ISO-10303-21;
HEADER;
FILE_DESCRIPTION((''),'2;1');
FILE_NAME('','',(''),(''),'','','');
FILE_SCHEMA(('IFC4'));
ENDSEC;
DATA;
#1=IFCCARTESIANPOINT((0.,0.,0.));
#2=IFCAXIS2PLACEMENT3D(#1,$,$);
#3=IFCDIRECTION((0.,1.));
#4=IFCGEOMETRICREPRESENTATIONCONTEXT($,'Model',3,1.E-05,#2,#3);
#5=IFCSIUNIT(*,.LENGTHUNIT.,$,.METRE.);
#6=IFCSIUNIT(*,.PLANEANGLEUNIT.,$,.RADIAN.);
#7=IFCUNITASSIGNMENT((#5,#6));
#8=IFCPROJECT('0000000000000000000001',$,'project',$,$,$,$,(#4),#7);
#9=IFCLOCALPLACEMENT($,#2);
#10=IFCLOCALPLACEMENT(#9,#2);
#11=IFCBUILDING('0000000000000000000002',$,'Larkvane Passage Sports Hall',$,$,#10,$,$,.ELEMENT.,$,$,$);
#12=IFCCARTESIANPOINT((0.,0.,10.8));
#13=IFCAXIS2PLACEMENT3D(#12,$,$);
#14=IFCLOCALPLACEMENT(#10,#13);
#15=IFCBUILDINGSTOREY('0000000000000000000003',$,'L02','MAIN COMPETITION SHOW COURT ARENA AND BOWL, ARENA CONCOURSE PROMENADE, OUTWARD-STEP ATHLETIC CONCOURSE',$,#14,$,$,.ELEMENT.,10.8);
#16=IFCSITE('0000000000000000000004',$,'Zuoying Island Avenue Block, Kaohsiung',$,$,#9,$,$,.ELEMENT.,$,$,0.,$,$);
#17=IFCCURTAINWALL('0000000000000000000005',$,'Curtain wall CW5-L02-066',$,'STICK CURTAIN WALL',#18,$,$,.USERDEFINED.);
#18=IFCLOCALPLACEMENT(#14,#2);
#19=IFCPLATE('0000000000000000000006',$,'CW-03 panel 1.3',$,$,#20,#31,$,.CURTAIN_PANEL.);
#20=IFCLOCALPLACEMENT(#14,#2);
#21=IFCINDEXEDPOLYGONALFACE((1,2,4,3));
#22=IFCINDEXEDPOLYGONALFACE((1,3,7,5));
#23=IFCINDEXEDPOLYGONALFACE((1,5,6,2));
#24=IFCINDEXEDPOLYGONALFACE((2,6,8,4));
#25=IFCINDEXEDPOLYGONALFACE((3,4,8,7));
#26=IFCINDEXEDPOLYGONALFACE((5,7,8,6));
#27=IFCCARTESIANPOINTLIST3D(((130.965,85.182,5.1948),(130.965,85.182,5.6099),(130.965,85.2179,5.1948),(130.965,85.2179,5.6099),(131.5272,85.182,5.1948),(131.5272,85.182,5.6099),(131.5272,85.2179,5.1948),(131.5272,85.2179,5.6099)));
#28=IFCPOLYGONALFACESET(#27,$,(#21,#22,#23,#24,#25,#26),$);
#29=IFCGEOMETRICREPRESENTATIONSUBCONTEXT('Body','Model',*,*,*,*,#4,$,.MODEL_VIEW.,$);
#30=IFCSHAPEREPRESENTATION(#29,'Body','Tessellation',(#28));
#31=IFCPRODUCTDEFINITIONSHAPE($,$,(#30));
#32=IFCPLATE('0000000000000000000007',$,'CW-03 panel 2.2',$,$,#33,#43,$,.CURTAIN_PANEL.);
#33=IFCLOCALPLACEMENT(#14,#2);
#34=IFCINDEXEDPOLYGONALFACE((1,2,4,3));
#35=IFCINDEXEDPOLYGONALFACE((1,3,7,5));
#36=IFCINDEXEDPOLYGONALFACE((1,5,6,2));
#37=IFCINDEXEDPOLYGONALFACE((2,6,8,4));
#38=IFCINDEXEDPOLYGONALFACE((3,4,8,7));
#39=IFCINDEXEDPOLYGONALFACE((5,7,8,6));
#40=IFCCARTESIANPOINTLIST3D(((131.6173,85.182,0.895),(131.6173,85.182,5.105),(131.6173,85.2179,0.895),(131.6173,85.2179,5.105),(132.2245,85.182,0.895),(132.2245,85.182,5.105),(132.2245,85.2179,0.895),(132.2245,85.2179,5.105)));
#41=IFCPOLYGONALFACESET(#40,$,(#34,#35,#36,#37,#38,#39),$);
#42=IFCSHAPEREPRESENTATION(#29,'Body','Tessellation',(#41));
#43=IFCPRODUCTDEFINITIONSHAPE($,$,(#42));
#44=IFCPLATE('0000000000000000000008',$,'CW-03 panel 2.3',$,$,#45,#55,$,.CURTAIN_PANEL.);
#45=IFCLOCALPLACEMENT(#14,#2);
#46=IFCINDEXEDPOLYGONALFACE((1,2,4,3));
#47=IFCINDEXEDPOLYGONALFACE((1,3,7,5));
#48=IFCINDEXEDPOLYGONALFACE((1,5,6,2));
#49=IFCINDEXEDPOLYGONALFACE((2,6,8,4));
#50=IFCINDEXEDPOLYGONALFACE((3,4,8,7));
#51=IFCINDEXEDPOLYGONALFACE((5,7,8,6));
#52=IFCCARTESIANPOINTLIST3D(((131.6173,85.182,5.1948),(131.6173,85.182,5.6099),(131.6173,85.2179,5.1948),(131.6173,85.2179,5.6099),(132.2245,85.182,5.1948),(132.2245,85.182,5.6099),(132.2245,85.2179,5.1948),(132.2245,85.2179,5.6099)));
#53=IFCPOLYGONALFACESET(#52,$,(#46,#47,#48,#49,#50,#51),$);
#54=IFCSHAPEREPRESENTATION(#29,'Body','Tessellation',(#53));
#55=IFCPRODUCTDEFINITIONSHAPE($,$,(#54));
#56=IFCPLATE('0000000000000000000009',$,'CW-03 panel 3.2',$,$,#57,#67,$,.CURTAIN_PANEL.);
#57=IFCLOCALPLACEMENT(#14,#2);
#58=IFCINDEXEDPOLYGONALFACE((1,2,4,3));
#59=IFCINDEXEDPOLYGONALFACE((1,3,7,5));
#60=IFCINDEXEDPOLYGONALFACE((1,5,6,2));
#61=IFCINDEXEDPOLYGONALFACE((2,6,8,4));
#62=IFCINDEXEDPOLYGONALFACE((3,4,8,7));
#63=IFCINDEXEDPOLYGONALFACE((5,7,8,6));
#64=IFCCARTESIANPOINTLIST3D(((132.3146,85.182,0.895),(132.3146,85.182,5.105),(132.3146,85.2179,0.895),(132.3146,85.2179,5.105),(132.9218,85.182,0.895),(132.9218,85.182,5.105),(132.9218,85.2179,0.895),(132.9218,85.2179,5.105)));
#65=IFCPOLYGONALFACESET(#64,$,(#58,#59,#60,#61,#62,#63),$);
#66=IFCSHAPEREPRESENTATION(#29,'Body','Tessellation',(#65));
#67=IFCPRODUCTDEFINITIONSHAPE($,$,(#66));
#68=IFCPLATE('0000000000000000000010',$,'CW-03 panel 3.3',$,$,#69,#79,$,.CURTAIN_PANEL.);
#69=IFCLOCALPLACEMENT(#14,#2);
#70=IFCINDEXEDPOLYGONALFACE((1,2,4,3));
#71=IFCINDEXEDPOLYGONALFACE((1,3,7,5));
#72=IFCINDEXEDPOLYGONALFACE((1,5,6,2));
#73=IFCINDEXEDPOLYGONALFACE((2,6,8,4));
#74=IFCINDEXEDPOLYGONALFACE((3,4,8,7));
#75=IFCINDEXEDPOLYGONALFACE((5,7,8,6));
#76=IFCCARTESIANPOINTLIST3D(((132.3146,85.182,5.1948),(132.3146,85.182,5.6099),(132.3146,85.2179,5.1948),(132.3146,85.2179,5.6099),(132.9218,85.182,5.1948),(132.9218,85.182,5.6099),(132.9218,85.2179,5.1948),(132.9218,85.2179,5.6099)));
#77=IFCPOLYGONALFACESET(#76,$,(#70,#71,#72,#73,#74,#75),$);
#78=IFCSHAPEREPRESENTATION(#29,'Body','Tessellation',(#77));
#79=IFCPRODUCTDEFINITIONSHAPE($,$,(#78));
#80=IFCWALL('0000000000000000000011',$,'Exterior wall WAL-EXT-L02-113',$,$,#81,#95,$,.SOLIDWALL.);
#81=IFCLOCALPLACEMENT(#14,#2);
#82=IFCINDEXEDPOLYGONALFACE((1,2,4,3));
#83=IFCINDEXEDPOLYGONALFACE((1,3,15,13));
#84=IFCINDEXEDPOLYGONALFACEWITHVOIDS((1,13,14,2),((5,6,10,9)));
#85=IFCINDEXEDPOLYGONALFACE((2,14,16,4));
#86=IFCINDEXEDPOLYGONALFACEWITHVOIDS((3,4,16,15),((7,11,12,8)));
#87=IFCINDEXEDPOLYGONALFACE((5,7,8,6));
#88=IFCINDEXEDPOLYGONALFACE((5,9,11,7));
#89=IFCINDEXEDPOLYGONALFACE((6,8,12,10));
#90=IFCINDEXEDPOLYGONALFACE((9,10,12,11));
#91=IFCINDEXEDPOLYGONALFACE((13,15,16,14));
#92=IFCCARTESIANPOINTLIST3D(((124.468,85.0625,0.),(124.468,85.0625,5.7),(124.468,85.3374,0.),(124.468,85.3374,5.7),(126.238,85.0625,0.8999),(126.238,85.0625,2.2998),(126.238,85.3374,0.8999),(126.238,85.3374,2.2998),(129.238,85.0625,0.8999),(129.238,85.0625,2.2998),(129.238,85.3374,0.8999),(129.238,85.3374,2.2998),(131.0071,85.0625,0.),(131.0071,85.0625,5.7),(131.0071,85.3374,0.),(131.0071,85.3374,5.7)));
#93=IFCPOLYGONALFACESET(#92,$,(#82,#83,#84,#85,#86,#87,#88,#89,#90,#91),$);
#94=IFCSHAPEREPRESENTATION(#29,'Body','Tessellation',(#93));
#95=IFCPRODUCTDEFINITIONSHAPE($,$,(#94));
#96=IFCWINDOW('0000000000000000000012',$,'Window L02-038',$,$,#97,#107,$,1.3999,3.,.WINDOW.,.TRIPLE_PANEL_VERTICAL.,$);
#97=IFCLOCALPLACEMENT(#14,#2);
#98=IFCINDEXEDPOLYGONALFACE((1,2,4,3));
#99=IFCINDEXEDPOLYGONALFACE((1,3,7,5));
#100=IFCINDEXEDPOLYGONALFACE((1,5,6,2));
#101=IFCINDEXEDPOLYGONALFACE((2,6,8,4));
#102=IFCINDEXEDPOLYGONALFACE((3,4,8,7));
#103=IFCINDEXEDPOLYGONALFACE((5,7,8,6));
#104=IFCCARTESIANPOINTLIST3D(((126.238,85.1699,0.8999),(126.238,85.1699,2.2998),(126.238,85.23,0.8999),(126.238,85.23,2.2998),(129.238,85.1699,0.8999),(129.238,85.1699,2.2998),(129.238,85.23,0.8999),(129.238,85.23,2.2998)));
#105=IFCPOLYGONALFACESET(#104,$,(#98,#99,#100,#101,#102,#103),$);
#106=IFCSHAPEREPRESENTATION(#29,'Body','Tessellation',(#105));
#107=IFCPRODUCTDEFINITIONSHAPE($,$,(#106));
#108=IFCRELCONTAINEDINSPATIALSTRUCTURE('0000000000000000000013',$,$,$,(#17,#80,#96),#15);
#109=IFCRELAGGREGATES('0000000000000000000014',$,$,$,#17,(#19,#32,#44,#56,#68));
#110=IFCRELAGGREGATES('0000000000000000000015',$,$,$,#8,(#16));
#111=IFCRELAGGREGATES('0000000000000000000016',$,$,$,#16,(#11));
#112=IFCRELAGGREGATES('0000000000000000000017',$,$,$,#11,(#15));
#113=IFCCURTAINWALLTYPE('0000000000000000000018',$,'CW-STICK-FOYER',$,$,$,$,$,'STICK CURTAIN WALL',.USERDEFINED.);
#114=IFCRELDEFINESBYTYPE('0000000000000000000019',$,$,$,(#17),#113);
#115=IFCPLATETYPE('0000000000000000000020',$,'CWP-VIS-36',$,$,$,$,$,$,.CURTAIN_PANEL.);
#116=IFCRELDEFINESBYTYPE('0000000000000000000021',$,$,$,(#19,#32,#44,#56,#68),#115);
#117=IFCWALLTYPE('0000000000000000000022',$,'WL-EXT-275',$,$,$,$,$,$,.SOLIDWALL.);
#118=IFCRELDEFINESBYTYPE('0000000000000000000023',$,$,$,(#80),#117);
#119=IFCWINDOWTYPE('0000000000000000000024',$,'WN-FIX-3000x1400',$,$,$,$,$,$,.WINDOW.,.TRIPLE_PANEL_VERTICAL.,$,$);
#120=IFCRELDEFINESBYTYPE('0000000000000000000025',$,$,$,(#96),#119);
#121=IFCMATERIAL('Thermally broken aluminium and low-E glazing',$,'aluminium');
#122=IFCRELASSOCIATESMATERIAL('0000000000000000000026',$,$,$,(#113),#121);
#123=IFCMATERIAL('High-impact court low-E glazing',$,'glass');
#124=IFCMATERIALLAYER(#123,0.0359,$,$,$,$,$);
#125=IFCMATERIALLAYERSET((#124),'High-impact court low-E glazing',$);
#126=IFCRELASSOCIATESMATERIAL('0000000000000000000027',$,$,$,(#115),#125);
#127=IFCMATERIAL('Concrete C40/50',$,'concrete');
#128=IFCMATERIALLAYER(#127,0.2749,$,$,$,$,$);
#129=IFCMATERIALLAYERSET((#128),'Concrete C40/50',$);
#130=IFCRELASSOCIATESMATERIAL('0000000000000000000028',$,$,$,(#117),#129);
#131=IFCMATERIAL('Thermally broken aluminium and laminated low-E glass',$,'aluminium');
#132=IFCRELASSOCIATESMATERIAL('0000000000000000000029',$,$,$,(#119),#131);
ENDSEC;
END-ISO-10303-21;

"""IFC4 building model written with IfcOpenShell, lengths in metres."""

from ifc_helpers import new_model, si_unit, direction, frame, frame_2d, origin, origin_2d, place, context, subcontext, project, spatial, rectangle, extrude, material, layer, layer_set, type_object, element, fill, aggregate, save


model = new_model("IFC4")

# Units and contexts
model_context = context("Model", 3, precision=1e-05, world=origin(), true_north=direction((0.0, 1.0)))
body_context = subcontext(model_context, "Body", "Model", "MODEL_VIEW")
ifc_project = project(units=[si_unit("LENGTHUNIT", "METRE"), si_unit("PLANEANGLEUNIT", "RADIAN")], contexts=[model_context])

# Site, building, storey
site_placement = place(None, origin())
site = spatial("IfcSite", under=ifc_project, at=site_placement, Name="Zuoying Island Avenue Block, Kaohsiung", CompositionType="ELEMENT", RefElevation=0.0)
building_placement = place(site_placement, origin())
building = spatial("IfcBuilding", under=site, at=building_placement, Name="Larkvane Passage Sports Hall", CompositionType="ELEMENT")
storey_placement = place(building_placement, frame((0.0, 0.0, 10.8)))
storey = spatial("IfcBuildingStorey", under=building, at=storey_placement, Name="L02", Description="MAIN COMPETITION SHOW COURT ARENA AND BOWL, ARENA CONCOURSE PROMENADE, OUTWARD-STEP ATHLETIC CONCOURSE", CompositionType="ELEMENT", Elevation=10.8)

# Curtain wall, plates
ifc_material_1 = material(Name="Thermally broken aluminium and low-E glazing", Category="aluminium")
curtain_wall_type = type_object("IfcCurtainWallType", Name="CW-STICK-FOYER", ElementType="STICK CURTAIN WALL", PredefinedType="USERDEFINED", material=ifc_material_1)
curtain_wall_placement = place(storey_placement, origin())
curtain_wall = element("IfcCurtainWall", 1, at=curtain_wall_placement, inside=storey, type_object=curtain_wall_type, Name="Curtain wall CW5-L02-066", ObjectType="STICK CURTAIN WALL", PredefinedType="USERDEFINED")
ifc_material_2 = material(Name="High-impact court low-E glazing", Category="glass")
ifc_layer_1 = layer(ifc_material_2, 0.0359)
ifc_layer_set_1 = layer_set([ifc_layer_1], Name="High-impact court low-E glazing")
plate_type_1 = type_object("IfcPlateType", Name="CWP-VIS-36", PredefinedType="CURTAIN_PANEL", material=ifc_layer_set_1)
plate_1_placement = place(storey_placement, frame((131.2461, 85.2, 5.1948), z_axis=(0.0, 0.0, 1.0), x_axis=(1.0, 0.0, 0.0)))
plate_1 = element("IfcPlate", 2, at=plate_1_placement, type_object=plate_type_1, Name="CW-03 panel 1.3", PredefinedType="CURTAIN_PANEL", context=body_context, shape_type="SweptSolid", body=[
    extrude(rectangle(XDim=0.5623, YDim=0.0359, at=origin_2d()), origin(), (0.0, 0.0, 1.0), 0.415),
])
plate_2_placement = place(storey_placement, frame((131.9209, 85.2, 0.895), z_axis=(0.0, 0.0, 1.0), x_axis=(1.0, 0.0, 0.0)))
plate_2 = element("IfcPlate", 3, at=plate_2_placement, type_object=plate_type_1, Name="CW-03 panel 2.2", PredefinedType="CURTAIN_PANEL", context=body_context, shape_type="SweptSolid", body=[
    extrude(rectangle(XDim=0.6072, YDim=0.0359, at=origin_2d()), origin(), (0.0, 0.0, 1.0), 4.21),
])
plate_3_placement = place(storey_placement, frame((131.9209, 85.2, 5.1948), z_axis=(0.0, 0.0, 1.0), x_axis=(1.0, 0.0, 0.0)))
plate_3 = element("IfcPlate", 4, at=plate_3_placement, type_object=plate_type_1, Name="CW-03 panel 2.3", PredefinedType="CURTAIN_PANEL", context=body_context, shape_type="SweptSolid", body=[
    extrude(rectangle(XDim=0.6072, YDim=0.0359, at=origin_2d()), origin(), (0.0, 0.0, 1.0), 0.415),
])
plate_4_placement = place(storey_placement, frame((132.6182, 85.2, 0.895), z_axis=(0.0, 0.0, 1.0), x_axis=(1.0, 0.0, 0.0)))
plate_4 = element("IfcPlate", 5, at=plate_4_placement, type_object=plate_type_1, Name="CW-03 panel 3.2", PredefinedType="CURTAIN_PANEL", context=body_context, shape_type="SweptSolid", body=[
    extrude(rectangle(XDim=0.6072, YDim=0.0359, at=origin_2d()), origin(), (0.0, 0.0, 1.0), 4.21),
])
plate_5_placement = place(storey_placement, frame((132.6182, 85.2, 5.1948), z_axis=(0.0, 0.0, 1.0), x_axis=(1.0, 0.0, 0.0)))
plate_5 = element("IfcPlate", 6, at=plate_5_placement, type_object=plate_type_1, Name="CW-03 panel 3.3", PredefinedType="CURTAIN_PANEL", context=body_context, shape_type="SweptSolid", body=[
    extrude(rectangle(XDim=0.6072, YDim=0.0359, at=origin_2d()), origin(), (0.0, 0.0, 1.0), 0.415),
])
aggregate(curtain_wall, [plate_1, plate_2, plate_3, plate_4, plate_5])

# Wall, opening, window
ifc_material_3 = material(Name="Concrete C40/50", Category="concrete")
ifc_layer_2 = layer(ifc_material_3, 0.2749)
ifc_layer_set_2 = layer_set([ifc_layer_2], Name="Concrete C40/50")
wall_type = type_object("IfcWallType", Name="WL-EXT-275", PredefinedType="SOLIDWALL", material=ifc_layer_set_2)
wall_placement = place(storey_placement, frame((124.468, 85.2, 0.0), z_axis=(0.0, 0.0, 1.0), x_axis=(1.0, 0.0, 0.0)))
wall = element("IfcWall", 7, at=wall_placement, inside=storey, type_object=wall_type, Name="Exterior wall WAL-EXT-L02-113", PredefinedType="SOLIDWALL", context=body_context, shape_type="SweptSolid", body=[
    extrude(rectangle(XDim=6.5391, YDim=0.2749, at=frame_2d((3.2695, 0.0))), origin(), (0.0, 0.0, 1.0), 5.7),
])
opening_placement = place(wall_placement, frame((1.77, 0.0, 0.8999)))
opening = element("IfcOpeningElement", 8, at=opening_placement, cuts=wall, PredefinedType="OPENING", context=body_context, shape_type="SweptSolid", body=[
    extrude(rectangle(XDim=3.0, YDim=1.3999, at=frame_2d((1.5, 0.7))), frame((0.0, 0.1475, 0.0), z_axis=(0.0, -1.0, 0.0), x_axis=(1.0, 0.0, 0.0)), (0.0, 0.0, 1.0), 0.2949),
])
ifc_material_4 = material(Name="Thermally broken aluminium and laminated low-E glass", Category="aluminium")
window_type = type_object("IfcWindowType", Name="WN-FIX-3000x1400", PartitioningType="TRIPLE_PANEL_VERTICAL", PredefinedType="WINDOW", material=ifc_material_4)
window_placement = place(opening_placement, origin())
window = element("IfcWindow", 9, at=window_placement, inside=storey, type_object=window_type, Name="Window L02-038", OverallHeight=1.3999, OverallWidth=3.0, PartitioningType="TRIPLE_PANEL_VERTICAL", PredefinedType="WINDOW", context=body_context, shape_type="SweptSolid", body=[
    extrude(rectangle(XDim=3.0, YDim=1.3999, at=frame_2d((1.5, 0.7))), frame((0.0, 0.03, 0.0), z_axis=(0.0, -1.0, 0.0), x_axis=(1.0, 0.0, 0.0)), (0.0, 0.0, 1.0), 0.0601),
])
fill(opening, window)

save(model, "model.ifc")
